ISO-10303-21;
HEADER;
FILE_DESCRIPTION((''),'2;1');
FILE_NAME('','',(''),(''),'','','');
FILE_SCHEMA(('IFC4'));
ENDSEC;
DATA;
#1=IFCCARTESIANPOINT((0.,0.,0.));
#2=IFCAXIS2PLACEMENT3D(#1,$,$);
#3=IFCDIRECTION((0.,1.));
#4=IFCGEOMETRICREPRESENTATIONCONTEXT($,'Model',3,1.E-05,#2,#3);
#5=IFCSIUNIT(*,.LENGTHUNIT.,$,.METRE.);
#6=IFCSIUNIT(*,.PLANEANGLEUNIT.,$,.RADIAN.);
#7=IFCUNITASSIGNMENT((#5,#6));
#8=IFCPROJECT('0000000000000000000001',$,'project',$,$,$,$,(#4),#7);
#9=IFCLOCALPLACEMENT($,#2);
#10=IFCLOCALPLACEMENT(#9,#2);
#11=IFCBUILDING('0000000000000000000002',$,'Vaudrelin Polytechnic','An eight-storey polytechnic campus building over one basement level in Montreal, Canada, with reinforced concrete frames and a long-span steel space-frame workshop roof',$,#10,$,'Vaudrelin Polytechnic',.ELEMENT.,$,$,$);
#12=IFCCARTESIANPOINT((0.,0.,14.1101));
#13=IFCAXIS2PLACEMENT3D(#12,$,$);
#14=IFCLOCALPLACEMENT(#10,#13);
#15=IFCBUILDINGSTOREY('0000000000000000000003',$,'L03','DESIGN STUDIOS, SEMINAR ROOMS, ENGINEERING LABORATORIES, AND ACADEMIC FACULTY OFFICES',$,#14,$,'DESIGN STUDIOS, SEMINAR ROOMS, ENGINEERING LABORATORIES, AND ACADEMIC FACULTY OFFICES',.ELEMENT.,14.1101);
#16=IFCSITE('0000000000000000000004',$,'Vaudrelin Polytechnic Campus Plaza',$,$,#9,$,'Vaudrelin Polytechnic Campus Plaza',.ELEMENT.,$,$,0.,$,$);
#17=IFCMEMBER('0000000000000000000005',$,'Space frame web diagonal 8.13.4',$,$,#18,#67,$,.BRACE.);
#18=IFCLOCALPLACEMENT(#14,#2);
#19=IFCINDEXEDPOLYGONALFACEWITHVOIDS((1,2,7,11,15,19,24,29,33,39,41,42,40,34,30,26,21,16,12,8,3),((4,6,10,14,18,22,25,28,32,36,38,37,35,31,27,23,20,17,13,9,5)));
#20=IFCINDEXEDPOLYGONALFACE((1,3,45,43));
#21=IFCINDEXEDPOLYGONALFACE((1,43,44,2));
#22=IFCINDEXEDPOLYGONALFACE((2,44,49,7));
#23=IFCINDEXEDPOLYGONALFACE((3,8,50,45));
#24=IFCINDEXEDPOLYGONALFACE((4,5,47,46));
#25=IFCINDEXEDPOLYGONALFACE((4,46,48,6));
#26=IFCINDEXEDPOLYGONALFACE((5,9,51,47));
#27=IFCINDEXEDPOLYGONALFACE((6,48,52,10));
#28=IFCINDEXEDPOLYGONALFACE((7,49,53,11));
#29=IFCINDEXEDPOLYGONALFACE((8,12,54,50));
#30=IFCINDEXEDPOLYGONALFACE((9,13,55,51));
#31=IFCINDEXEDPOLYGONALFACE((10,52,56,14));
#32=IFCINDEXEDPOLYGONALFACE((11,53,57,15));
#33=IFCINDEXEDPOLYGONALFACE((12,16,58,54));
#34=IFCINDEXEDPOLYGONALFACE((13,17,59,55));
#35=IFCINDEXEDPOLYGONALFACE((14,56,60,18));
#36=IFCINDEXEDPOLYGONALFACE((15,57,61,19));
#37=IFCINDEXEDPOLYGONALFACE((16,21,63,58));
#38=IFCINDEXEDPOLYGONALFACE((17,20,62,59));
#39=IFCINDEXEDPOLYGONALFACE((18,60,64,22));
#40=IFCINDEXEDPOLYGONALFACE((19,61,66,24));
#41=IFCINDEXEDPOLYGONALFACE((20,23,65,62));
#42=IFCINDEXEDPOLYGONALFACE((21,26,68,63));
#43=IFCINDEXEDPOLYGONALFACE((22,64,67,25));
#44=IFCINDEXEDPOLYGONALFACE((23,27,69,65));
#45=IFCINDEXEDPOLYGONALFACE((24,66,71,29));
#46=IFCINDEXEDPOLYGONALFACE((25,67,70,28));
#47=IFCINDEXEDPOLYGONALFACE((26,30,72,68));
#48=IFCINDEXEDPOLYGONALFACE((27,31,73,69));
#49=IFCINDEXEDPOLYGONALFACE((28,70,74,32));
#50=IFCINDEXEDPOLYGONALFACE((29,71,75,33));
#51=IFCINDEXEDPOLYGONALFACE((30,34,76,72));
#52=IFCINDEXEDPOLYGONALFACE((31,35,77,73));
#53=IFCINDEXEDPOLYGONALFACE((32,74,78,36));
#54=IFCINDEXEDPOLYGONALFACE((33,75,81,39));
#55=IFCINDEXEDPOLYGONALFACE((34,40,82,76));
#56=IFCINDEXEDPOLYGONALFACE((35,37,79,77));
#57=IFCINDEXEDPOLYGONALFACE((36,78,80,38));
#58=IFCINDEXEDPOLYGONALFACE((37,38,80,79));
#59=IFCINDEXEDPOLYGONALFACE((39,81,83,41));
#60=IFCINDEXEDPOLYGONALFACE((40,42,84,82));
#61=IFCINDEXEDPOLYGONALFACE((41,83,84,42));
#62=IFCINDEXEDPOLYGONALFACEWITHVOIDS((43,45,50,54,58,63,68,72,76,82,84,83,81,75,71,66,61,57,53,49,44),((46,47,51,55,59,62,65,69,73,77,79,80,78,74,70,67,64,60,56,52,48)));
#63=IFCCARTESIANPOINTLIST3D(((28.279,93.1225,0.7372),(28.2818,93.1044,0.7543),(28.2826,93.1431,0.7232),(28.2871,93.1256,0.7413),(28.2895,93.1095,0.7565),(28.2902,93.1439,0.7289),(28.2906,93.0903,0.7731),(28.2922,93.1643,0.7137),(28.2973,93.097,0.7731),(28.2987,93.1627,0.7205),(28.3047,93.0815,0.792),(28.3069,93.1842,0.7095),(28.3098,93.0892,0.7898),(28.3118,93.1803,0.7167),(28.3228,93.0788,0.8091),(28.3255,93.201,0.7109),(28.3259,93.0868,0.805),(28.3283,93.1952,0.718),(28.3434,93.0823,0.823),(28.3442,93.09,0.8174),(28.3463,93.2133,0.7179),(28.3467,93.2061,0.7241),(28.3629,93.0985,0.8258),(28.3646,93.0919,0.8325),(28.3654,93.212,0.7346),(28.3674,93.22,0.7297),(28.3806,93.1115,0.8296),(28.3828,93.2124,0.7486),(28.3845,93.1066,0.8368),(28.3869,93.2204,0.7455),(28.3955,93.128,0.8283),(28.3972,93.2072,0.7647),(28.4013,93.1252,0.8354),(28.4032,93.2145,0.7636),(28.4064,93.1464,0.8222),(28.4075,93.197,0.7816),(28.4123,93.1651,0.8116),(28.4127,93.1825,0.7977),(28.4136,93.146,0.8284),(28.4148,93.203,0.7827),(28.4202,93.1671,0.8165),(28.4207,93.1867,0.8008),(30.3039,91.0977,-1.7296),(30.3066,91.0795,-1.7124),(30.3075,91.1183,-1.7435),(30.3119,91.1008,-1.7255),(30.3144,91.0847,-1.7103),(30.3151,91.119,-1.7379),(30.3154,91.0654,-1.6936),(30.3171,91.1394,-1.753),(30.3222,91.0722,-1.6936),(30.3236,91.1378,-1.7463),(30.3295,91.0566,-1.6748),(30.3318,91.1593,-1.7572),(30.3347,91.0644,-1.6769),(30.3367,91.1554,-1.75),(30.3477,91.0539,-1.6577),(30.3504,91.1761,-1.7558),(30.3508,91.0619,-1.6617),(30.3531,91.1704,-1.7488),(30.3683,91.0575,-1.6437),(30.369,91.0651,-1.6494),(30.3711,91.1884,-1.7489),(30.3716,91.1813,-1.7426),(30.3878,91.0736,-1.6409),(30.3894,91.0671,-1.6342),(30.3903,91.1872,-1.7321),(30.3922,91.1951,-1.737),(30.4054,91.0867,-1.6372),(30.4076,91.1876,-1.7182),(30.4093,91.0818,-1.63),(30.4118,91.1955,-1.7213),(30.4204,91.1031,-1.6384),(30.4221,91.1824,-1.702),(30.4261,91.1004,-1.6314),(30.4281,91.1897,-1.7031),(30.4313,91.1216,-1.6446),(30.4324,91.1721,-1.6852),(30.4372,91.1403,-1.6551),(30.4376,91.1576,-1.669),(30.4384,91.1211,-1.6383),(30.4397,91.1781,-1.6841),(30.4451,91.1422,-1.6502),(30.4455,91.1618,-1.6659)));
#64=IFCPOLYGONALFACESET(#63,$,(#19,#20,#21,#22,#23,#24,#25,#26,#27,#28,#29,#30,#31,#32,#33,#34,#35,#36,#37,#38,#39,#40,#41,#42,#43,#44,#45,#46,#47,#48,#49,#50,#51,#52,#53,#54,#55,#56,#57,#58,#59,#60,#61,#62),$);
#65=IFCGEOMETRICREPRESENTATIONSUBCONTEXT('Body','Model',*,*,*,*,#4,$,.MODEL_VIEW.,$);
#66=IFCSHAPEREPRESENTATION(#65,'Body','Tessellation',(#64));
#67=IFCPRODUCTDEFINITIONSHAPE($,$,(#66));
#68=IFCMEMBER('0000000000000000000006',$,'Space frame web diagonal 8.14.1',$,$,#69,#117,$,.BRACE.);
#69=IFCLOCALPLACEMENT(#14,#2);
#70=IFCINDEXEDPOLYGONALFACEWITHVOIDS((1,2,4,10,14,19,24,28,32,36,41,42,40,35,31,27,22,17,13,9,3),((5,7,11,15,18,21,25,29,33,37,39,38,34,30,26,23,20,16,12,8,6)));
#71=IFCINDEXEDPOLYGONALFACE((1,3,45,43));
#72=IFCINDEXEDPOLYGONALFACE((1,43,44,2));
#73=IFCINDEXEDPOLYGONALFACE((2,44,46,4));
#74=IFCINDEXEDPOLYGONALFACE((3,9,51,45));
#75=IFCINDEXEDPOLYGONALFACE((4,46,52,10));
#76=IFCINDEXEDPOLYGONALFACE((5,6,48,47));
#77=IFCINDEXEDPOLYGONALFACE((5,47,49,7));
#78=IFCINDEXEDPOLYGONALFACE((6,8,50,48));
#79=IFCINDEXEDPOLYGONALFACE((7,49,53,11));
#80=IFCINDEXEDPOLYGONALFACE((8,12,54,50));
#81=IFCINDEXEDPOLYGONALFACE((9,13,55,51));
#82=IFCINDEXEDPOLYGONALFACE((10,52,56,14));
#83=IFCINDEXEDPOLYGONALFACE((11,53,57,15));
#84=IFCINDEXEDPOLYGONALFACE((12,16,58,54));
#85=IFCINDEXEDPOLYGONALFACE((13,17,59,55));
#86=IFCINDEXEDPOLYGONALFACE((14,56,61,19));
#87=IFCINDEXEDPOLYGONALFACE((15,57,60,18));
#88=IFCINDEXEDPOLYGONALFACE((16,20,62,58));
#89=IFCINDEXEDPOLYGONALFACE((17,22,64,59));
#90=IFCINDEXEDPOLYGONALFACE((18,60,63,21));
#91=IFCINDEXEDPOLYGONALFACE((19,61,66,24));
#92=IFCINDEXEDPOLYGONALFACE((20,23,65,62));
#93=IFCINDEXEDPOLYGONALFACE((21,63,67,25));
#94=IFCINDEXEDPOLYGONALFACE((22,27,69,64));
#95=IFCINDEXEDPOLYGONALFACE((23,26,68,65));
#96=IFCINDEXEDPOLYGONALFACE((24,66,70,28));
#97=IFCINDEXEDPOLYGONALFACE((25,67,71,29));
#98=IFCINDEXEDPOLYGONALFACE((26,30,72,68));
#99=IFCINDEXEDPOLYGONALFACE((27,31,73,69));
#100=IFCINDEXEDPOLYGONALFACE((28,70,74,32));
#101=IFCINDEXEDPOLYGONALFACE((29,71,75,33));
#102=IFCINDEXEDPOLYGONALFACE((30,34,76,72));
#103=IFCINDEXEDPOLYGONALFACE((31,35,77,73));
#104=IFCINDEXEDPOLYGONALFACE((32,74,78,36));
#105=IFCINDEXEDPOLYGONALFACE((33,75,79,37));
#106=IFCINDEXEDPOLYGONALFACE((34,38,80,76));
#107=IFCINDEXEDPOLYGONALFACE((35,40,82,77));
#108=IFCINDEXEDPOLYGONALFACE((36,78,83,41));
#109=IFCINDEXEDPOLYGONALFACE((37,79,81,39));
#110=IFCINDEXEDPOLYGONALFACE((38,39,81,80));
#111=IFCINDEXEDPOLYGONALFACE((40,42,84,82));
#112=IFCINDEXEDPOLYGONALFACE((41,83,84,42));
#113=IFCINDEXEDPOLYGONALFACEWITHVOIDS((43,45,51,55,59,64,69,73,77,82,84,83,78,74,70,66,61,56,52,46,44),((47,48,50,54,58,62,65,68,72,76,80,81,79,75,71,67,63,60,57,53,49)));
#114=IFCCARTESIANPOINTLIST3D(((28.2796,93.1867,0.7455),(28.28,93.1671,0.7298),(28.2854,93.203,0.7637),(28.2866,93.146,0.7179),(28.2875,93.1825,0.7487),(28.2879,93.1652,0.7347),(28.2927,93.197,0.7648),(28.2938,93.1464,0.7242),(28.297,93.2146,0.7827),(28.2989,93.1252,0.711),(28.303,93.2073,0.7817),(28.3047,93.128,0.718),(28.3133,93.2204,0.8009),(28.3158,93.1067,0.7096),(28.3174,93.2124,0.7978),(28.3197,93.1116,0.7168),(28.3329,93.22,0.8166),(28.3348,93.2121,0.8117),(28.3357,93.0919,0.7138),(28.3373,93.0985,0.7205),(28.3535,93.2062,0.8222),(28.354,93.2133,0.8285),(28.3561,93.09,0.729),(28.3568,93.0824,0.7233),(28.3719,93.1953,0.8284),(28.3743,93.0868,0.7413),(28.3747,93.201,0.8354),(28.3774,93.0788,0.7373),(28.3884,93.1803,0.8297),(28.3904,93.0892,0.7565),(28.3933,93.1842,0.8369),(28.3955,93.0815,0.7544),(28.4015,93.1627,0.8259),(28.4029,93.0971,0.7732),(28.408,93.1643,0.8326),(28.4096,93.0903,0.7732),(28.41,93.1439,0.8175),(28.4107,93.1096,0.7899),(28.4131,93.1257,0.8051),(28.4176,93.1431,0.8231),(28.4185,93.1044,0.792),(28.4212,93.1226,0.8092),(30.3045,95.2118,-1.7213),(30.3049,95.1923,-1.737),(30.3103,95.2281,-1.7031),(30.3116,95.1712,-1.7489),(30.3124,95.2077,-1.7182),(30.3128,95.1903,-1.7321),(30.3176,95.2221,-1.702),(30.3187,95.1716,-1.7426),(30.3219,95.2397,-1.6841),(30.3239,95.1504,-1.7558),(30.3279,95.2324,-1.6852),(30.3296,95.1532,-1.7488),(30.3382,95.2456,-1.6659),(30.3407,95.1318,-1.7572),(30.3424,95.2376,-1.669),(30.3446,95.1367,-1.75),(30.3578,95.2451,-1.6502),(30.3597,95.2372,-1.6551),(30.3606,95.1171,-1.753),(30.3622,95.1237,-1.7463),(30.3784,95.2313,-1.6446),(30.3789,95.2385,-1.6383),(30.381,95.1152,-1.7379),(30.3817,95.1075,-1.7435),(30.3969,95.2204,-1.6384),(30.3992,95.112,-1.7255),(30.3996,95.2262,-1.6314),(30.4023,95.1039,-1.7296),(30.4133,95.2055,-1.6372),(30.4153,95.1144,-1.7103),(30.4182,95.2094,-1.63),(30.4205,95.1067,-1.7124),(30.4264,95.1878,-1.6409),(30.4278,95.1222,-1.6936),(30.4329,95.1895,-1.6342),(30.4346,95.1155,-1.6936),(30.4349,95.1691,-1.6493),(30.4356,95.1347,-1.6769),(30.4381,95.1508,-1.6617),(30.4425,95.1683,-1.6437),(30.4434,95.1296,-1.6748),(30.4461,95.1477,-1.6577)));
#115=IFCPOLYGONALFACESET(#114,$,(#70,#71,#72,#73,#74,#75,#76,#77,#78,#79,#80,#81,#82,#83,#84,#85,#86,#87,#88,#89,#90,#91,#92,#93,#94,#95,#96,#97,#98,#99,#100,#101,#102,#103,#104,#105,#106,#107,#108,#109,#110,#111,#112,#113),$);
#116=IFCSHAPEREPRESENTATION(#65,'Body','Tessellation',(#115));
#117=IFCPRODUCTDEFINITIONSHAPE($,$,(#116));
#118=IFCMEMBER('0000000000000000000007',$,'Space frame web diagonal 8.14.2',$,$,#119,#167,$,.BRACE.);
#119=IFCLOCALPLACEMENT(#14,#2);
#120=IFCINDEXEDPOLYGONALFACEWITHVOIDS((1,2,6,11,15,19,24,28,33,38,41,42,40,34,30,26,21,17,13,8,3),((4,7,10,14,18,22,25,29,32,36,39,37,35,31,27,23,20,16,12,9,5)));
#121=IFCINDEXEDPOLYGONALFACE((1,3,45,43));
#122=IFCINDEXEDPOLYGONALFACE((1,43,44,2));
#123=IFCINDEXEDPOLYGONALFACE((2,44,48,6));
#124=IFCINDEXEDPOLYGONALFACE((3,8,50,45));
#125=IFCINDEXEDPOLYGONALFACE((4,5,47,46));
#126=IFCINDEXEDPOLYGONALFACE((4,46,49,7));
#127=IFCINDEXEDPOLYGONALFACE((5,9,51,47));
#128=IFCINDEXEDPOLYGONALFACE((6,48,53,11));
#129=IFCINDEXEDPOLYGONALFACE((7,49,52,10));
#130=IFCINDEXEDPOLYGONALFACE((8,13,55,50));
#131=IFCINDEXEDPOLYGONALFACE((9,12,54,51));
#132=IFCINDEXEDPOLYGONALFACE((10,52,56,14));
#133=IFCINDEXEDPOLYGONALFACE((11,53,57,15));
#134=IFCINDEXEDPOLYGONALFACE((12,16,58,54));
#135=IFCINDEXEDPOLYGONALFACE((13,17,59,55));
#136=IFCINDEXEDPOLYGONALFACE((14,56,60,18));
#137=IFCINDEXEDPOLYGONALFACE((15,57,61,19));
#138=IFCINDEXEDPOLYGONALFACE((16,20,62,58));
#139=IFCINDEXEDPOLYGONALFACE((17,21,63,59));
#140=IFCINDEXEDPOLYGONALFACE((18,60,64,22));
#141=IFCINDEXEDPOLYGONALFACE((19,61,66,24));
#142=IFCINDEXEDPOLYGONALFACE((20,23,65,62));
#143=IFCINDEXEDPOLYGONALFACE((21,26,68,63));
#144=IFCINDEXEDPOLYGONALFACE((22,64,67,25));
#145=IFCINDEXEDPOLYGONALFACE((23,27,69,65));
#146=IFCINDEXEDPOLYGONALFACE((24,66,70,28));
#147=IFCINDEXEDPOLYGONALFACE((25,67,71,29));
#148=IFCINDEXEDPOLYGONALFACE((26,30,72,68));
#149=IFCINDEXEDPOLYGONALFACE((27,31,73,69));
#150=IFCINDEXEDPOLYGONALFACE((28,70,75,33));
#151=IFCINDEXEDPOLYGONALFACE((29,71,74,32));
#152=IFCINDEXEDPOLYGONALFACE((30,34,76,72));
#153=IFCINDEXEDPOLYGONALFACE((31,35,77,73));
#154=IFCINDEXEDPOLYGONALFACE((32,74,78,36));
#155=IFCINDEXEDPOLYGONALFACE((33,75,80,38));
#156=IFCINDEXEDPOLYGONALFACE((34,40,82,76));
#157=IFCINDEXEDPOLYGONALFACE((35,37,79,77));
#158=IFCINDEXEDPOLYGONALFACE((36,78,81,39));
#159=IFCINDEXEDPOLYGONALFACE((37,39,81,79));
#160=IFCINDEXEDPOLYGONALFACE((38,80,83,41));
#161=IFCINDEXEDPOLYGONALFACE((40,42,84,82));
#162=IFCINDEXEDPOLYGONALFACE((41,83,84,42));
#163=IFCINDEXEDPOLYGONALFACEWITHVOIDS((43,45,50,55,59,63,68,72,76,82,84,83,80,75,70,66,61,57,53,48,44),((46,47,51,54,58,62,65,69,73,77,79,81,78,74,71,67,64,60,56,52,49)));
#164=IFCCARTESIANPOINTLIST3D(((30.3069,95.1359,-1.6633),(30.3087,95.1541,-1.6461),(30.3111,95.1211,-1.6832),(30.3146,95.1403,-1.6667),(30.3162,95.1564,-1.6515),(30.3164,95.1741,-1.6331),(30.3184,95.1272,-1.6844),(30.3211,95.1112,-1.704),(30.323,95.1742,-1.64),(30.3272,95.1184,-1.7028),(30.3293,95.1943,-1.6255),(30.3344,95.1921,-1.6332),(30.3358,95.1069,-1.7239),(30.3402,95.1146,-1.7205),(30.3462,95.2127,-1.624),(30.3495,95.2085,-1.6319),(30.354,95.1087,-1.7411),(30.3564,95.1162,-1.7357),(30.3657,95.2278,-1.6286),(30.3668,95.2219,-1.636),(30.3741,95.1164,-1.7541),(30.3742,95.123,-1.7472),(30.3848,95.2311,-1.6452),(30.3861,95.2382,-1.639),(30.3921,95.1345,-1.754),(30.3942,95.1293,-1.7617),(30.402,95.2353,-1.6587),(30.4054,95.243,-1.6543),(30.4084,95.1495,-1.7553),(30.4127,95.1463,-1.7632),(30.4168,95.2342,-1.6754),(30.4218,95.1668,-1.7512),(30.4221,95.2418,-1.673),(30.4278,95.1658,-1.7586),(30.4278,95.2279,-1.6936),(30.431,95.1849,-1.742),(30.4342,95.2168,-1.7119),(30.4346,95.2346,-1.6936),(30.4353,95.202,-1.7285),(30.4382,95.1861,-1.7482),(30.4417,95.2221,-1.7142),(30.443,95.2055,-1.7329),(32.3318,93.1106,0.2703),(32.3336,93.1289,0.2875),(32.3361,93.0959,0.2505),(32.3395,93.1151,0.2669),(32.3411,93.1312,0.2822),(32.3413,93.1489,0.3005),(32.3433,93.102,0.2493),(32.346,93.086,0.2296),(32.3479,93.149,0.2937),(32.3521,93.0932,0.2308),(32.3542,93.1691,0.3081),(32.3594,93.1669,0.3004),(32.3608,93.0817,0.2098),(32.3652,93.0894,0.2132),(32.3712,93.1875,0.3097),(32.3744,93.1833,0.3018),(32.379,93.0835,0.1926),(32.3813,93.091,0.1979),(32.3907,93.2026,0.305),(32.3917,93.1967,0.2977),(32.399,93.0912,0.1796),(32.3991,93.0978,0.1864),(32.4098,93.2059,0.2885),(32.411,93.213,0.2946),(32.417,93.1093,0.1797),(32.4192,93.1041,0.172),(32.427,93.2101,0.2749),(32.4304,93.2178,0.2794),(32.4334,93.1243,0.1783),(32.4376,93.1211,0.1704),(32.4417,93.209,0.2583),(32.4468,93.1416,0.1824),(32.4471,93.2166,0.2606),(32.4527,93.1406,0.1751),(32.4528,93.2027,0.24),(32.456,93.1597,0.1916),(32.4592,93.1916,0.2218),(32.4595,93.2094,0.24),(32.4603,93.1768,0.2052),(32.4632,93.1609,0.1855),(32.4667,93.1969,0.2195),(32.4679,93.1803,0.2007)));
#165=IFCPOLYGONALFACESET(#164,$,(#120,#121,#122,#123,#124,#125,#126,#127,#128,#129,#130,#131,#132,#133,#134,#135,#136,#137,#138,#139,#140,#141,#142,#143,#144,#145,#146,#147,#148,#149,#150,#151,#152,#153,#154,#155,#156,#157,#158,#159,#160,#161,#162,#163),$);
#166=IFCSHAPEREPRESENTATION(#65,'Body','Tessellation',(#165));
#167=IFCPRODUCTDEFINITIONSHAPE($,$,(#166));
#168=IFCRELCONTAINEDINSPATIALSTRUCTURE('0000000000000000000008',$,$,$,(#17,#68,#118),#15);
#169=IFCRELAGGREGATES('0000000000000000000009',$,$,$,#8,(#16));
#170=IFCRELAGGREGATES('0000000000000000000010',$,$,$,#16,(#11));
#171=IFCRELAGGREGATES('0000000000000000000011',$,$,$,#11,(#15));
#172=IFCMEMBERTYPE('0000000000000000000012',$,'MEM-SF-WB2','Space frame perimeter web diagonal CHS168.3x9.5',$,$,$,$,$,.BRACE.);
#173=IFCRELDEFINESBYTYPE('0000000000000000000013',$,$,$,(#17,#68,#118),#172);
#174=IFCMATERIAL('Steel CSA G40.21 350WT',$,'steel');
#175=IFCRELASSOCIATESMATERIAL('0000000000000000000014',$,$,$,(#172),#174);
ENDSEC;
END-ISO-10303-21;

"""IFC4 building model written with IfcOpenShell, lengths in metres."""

from ifc_helpers import new_model, si_unit, direction, frame, origin, origin_2d, place, context, subcontext, project, spatial, hollow_circle, extrude, material, material_profile, profile_set, type_object, element, save


model = new_model("IFC4")

# Units and contexts
model_context = context("Model", 3, precision=1e-05, world=origin(), true_north=direction((0.0, 1.0)))
body_context = subcontext(model_context, "Body", "Model", "MODEL_VIEW")
ifc_project = project(units=[si_unit("LENGTHUNIT", "METRE"), si_unit("PLANEANGLEUNIT", "RADIAN")], contexts=[model_context])

# Site, building, storey
site_placement = place(None, origin())
site = spatial("IfcSite", under=ifc_project, at=site_placement, Name="Vaudrelin Polytechnic Campus Plaza", LongName="Vaudrelin Polytechnic Campus Plaza", CompositionType="ELEMENT", RefElevation=0.0)
building_placement = place(site_placement, origin())
building = spatial("IfcBuilding", under=site, at=building_placement, Name="Vaudrelin Polytechnic", Description="An eight-storey polytechnic campus building over one basement level in Montreal, Canada, with reinforced concrete frames and a long-span steel space-frame workshop roof", LongName="Vaudrelin Polytechnic", CompositionType="ELEMENT")
storey_placement = place(building_placement, frame((0.0, 0.0, 14.1101)))
storey = spatial("IfcBuildingStorey", under=building, at=storey_placement, Name="L03", Description="DESIGN STUDIOS, SEMINAR ROOMS, ENGINEERING LABORATORIES, AND ACADEMIC FACULTY OFFICES", LongName="DESIGN STUDIOS, SEMINAR ROOMS, ENGINEERING LABORATORIES, AND ACADEMIC FACULTY OFFICES", CompositionType="ELEMENT", Elevation=14.1101)

# Members
ifc_material = material(Name="Steel CSA G40.21 350WT", Category="steel")
ifc_material_profile_1 = material_profile(ifc_material, hollow_circle(Radius=0.0842, WallThickness=0.0095, at=origin_2d()), Name="CHS168.3x9.5")
ifc_profile_set_1 = profile_set([ifc_material_profile_1], Name="Steel CSA G40.21 350WT")
member_type_1 = type_object("IfcMemberType", Name="MEM-SF-WB2", Description="Space frame perimeter web diagonal CHS168.3x9.5", PredefinedType="BRACE", material=ifc_profile_set_1)
member_1_placement = place(storey_placement, frame((30.375, 91.125, -1.6936), z_axis=(-0.535742, 0.535742, 0.652657), x_axis=(-0.707107, -0.707107, 0.0)))
element("IfcMember", 1, at=member_1_placement, inside=storey, type_object=member_type_1, Name="Space frame web diagonal 8.13.4", PredefinedType="BRACE", context=body_context, shape_type="SweptSolid", body=[
    extrude(hollow_circle(Radius=0.0842, WallThickness=0.0095, at=origin_2d()), origin(), (0.0, 0.0, 1.0), 3.7795),
])
member_2_placement = place(storey_placement, frame((30.375, 95.175, -1.6936), z_axis=(-0.535723, -0.535788, 0.652634), x_axis=(0.707149, -0.707064, 0.0)))
element("IfcMember", 2, at=member_2_placement, inside=storey, type_object=member_type_1, Name="Space frame web diagonal 8.14.1", PredefinedType="BRACE", context=body_context, shape_type="SweptSolid", body=[
    extrude(hollow_circle(Radius=0.0842, WallThickness=0.0095, at=origin_2d()), origin(), (0.0, 0.0, 1.0), 3.7798),
])
member_3_placement = place(storey_placement, frame((30.375, 95.175, -1.6936), z_axis=(0.586, -0.586071, 0.559576), x_axis=(0.707149, 0.707064, 0.0)))
element("IfcMember", 3, at=member_3_placement, inside=storey, type_object=member_type_1, Name="Space frame web diagonal 8.14.2", PredefinedType="BRACE", context=body_context, shape_type="SweptSolid", body=[
    extrude(hollow_circle(Radius=0.0842, WallThickness=0.0095, at=origin_2d()), origin(), (0.0, 0.0, 1.0), 3.4556),
])

save(model, "model.ifc")
